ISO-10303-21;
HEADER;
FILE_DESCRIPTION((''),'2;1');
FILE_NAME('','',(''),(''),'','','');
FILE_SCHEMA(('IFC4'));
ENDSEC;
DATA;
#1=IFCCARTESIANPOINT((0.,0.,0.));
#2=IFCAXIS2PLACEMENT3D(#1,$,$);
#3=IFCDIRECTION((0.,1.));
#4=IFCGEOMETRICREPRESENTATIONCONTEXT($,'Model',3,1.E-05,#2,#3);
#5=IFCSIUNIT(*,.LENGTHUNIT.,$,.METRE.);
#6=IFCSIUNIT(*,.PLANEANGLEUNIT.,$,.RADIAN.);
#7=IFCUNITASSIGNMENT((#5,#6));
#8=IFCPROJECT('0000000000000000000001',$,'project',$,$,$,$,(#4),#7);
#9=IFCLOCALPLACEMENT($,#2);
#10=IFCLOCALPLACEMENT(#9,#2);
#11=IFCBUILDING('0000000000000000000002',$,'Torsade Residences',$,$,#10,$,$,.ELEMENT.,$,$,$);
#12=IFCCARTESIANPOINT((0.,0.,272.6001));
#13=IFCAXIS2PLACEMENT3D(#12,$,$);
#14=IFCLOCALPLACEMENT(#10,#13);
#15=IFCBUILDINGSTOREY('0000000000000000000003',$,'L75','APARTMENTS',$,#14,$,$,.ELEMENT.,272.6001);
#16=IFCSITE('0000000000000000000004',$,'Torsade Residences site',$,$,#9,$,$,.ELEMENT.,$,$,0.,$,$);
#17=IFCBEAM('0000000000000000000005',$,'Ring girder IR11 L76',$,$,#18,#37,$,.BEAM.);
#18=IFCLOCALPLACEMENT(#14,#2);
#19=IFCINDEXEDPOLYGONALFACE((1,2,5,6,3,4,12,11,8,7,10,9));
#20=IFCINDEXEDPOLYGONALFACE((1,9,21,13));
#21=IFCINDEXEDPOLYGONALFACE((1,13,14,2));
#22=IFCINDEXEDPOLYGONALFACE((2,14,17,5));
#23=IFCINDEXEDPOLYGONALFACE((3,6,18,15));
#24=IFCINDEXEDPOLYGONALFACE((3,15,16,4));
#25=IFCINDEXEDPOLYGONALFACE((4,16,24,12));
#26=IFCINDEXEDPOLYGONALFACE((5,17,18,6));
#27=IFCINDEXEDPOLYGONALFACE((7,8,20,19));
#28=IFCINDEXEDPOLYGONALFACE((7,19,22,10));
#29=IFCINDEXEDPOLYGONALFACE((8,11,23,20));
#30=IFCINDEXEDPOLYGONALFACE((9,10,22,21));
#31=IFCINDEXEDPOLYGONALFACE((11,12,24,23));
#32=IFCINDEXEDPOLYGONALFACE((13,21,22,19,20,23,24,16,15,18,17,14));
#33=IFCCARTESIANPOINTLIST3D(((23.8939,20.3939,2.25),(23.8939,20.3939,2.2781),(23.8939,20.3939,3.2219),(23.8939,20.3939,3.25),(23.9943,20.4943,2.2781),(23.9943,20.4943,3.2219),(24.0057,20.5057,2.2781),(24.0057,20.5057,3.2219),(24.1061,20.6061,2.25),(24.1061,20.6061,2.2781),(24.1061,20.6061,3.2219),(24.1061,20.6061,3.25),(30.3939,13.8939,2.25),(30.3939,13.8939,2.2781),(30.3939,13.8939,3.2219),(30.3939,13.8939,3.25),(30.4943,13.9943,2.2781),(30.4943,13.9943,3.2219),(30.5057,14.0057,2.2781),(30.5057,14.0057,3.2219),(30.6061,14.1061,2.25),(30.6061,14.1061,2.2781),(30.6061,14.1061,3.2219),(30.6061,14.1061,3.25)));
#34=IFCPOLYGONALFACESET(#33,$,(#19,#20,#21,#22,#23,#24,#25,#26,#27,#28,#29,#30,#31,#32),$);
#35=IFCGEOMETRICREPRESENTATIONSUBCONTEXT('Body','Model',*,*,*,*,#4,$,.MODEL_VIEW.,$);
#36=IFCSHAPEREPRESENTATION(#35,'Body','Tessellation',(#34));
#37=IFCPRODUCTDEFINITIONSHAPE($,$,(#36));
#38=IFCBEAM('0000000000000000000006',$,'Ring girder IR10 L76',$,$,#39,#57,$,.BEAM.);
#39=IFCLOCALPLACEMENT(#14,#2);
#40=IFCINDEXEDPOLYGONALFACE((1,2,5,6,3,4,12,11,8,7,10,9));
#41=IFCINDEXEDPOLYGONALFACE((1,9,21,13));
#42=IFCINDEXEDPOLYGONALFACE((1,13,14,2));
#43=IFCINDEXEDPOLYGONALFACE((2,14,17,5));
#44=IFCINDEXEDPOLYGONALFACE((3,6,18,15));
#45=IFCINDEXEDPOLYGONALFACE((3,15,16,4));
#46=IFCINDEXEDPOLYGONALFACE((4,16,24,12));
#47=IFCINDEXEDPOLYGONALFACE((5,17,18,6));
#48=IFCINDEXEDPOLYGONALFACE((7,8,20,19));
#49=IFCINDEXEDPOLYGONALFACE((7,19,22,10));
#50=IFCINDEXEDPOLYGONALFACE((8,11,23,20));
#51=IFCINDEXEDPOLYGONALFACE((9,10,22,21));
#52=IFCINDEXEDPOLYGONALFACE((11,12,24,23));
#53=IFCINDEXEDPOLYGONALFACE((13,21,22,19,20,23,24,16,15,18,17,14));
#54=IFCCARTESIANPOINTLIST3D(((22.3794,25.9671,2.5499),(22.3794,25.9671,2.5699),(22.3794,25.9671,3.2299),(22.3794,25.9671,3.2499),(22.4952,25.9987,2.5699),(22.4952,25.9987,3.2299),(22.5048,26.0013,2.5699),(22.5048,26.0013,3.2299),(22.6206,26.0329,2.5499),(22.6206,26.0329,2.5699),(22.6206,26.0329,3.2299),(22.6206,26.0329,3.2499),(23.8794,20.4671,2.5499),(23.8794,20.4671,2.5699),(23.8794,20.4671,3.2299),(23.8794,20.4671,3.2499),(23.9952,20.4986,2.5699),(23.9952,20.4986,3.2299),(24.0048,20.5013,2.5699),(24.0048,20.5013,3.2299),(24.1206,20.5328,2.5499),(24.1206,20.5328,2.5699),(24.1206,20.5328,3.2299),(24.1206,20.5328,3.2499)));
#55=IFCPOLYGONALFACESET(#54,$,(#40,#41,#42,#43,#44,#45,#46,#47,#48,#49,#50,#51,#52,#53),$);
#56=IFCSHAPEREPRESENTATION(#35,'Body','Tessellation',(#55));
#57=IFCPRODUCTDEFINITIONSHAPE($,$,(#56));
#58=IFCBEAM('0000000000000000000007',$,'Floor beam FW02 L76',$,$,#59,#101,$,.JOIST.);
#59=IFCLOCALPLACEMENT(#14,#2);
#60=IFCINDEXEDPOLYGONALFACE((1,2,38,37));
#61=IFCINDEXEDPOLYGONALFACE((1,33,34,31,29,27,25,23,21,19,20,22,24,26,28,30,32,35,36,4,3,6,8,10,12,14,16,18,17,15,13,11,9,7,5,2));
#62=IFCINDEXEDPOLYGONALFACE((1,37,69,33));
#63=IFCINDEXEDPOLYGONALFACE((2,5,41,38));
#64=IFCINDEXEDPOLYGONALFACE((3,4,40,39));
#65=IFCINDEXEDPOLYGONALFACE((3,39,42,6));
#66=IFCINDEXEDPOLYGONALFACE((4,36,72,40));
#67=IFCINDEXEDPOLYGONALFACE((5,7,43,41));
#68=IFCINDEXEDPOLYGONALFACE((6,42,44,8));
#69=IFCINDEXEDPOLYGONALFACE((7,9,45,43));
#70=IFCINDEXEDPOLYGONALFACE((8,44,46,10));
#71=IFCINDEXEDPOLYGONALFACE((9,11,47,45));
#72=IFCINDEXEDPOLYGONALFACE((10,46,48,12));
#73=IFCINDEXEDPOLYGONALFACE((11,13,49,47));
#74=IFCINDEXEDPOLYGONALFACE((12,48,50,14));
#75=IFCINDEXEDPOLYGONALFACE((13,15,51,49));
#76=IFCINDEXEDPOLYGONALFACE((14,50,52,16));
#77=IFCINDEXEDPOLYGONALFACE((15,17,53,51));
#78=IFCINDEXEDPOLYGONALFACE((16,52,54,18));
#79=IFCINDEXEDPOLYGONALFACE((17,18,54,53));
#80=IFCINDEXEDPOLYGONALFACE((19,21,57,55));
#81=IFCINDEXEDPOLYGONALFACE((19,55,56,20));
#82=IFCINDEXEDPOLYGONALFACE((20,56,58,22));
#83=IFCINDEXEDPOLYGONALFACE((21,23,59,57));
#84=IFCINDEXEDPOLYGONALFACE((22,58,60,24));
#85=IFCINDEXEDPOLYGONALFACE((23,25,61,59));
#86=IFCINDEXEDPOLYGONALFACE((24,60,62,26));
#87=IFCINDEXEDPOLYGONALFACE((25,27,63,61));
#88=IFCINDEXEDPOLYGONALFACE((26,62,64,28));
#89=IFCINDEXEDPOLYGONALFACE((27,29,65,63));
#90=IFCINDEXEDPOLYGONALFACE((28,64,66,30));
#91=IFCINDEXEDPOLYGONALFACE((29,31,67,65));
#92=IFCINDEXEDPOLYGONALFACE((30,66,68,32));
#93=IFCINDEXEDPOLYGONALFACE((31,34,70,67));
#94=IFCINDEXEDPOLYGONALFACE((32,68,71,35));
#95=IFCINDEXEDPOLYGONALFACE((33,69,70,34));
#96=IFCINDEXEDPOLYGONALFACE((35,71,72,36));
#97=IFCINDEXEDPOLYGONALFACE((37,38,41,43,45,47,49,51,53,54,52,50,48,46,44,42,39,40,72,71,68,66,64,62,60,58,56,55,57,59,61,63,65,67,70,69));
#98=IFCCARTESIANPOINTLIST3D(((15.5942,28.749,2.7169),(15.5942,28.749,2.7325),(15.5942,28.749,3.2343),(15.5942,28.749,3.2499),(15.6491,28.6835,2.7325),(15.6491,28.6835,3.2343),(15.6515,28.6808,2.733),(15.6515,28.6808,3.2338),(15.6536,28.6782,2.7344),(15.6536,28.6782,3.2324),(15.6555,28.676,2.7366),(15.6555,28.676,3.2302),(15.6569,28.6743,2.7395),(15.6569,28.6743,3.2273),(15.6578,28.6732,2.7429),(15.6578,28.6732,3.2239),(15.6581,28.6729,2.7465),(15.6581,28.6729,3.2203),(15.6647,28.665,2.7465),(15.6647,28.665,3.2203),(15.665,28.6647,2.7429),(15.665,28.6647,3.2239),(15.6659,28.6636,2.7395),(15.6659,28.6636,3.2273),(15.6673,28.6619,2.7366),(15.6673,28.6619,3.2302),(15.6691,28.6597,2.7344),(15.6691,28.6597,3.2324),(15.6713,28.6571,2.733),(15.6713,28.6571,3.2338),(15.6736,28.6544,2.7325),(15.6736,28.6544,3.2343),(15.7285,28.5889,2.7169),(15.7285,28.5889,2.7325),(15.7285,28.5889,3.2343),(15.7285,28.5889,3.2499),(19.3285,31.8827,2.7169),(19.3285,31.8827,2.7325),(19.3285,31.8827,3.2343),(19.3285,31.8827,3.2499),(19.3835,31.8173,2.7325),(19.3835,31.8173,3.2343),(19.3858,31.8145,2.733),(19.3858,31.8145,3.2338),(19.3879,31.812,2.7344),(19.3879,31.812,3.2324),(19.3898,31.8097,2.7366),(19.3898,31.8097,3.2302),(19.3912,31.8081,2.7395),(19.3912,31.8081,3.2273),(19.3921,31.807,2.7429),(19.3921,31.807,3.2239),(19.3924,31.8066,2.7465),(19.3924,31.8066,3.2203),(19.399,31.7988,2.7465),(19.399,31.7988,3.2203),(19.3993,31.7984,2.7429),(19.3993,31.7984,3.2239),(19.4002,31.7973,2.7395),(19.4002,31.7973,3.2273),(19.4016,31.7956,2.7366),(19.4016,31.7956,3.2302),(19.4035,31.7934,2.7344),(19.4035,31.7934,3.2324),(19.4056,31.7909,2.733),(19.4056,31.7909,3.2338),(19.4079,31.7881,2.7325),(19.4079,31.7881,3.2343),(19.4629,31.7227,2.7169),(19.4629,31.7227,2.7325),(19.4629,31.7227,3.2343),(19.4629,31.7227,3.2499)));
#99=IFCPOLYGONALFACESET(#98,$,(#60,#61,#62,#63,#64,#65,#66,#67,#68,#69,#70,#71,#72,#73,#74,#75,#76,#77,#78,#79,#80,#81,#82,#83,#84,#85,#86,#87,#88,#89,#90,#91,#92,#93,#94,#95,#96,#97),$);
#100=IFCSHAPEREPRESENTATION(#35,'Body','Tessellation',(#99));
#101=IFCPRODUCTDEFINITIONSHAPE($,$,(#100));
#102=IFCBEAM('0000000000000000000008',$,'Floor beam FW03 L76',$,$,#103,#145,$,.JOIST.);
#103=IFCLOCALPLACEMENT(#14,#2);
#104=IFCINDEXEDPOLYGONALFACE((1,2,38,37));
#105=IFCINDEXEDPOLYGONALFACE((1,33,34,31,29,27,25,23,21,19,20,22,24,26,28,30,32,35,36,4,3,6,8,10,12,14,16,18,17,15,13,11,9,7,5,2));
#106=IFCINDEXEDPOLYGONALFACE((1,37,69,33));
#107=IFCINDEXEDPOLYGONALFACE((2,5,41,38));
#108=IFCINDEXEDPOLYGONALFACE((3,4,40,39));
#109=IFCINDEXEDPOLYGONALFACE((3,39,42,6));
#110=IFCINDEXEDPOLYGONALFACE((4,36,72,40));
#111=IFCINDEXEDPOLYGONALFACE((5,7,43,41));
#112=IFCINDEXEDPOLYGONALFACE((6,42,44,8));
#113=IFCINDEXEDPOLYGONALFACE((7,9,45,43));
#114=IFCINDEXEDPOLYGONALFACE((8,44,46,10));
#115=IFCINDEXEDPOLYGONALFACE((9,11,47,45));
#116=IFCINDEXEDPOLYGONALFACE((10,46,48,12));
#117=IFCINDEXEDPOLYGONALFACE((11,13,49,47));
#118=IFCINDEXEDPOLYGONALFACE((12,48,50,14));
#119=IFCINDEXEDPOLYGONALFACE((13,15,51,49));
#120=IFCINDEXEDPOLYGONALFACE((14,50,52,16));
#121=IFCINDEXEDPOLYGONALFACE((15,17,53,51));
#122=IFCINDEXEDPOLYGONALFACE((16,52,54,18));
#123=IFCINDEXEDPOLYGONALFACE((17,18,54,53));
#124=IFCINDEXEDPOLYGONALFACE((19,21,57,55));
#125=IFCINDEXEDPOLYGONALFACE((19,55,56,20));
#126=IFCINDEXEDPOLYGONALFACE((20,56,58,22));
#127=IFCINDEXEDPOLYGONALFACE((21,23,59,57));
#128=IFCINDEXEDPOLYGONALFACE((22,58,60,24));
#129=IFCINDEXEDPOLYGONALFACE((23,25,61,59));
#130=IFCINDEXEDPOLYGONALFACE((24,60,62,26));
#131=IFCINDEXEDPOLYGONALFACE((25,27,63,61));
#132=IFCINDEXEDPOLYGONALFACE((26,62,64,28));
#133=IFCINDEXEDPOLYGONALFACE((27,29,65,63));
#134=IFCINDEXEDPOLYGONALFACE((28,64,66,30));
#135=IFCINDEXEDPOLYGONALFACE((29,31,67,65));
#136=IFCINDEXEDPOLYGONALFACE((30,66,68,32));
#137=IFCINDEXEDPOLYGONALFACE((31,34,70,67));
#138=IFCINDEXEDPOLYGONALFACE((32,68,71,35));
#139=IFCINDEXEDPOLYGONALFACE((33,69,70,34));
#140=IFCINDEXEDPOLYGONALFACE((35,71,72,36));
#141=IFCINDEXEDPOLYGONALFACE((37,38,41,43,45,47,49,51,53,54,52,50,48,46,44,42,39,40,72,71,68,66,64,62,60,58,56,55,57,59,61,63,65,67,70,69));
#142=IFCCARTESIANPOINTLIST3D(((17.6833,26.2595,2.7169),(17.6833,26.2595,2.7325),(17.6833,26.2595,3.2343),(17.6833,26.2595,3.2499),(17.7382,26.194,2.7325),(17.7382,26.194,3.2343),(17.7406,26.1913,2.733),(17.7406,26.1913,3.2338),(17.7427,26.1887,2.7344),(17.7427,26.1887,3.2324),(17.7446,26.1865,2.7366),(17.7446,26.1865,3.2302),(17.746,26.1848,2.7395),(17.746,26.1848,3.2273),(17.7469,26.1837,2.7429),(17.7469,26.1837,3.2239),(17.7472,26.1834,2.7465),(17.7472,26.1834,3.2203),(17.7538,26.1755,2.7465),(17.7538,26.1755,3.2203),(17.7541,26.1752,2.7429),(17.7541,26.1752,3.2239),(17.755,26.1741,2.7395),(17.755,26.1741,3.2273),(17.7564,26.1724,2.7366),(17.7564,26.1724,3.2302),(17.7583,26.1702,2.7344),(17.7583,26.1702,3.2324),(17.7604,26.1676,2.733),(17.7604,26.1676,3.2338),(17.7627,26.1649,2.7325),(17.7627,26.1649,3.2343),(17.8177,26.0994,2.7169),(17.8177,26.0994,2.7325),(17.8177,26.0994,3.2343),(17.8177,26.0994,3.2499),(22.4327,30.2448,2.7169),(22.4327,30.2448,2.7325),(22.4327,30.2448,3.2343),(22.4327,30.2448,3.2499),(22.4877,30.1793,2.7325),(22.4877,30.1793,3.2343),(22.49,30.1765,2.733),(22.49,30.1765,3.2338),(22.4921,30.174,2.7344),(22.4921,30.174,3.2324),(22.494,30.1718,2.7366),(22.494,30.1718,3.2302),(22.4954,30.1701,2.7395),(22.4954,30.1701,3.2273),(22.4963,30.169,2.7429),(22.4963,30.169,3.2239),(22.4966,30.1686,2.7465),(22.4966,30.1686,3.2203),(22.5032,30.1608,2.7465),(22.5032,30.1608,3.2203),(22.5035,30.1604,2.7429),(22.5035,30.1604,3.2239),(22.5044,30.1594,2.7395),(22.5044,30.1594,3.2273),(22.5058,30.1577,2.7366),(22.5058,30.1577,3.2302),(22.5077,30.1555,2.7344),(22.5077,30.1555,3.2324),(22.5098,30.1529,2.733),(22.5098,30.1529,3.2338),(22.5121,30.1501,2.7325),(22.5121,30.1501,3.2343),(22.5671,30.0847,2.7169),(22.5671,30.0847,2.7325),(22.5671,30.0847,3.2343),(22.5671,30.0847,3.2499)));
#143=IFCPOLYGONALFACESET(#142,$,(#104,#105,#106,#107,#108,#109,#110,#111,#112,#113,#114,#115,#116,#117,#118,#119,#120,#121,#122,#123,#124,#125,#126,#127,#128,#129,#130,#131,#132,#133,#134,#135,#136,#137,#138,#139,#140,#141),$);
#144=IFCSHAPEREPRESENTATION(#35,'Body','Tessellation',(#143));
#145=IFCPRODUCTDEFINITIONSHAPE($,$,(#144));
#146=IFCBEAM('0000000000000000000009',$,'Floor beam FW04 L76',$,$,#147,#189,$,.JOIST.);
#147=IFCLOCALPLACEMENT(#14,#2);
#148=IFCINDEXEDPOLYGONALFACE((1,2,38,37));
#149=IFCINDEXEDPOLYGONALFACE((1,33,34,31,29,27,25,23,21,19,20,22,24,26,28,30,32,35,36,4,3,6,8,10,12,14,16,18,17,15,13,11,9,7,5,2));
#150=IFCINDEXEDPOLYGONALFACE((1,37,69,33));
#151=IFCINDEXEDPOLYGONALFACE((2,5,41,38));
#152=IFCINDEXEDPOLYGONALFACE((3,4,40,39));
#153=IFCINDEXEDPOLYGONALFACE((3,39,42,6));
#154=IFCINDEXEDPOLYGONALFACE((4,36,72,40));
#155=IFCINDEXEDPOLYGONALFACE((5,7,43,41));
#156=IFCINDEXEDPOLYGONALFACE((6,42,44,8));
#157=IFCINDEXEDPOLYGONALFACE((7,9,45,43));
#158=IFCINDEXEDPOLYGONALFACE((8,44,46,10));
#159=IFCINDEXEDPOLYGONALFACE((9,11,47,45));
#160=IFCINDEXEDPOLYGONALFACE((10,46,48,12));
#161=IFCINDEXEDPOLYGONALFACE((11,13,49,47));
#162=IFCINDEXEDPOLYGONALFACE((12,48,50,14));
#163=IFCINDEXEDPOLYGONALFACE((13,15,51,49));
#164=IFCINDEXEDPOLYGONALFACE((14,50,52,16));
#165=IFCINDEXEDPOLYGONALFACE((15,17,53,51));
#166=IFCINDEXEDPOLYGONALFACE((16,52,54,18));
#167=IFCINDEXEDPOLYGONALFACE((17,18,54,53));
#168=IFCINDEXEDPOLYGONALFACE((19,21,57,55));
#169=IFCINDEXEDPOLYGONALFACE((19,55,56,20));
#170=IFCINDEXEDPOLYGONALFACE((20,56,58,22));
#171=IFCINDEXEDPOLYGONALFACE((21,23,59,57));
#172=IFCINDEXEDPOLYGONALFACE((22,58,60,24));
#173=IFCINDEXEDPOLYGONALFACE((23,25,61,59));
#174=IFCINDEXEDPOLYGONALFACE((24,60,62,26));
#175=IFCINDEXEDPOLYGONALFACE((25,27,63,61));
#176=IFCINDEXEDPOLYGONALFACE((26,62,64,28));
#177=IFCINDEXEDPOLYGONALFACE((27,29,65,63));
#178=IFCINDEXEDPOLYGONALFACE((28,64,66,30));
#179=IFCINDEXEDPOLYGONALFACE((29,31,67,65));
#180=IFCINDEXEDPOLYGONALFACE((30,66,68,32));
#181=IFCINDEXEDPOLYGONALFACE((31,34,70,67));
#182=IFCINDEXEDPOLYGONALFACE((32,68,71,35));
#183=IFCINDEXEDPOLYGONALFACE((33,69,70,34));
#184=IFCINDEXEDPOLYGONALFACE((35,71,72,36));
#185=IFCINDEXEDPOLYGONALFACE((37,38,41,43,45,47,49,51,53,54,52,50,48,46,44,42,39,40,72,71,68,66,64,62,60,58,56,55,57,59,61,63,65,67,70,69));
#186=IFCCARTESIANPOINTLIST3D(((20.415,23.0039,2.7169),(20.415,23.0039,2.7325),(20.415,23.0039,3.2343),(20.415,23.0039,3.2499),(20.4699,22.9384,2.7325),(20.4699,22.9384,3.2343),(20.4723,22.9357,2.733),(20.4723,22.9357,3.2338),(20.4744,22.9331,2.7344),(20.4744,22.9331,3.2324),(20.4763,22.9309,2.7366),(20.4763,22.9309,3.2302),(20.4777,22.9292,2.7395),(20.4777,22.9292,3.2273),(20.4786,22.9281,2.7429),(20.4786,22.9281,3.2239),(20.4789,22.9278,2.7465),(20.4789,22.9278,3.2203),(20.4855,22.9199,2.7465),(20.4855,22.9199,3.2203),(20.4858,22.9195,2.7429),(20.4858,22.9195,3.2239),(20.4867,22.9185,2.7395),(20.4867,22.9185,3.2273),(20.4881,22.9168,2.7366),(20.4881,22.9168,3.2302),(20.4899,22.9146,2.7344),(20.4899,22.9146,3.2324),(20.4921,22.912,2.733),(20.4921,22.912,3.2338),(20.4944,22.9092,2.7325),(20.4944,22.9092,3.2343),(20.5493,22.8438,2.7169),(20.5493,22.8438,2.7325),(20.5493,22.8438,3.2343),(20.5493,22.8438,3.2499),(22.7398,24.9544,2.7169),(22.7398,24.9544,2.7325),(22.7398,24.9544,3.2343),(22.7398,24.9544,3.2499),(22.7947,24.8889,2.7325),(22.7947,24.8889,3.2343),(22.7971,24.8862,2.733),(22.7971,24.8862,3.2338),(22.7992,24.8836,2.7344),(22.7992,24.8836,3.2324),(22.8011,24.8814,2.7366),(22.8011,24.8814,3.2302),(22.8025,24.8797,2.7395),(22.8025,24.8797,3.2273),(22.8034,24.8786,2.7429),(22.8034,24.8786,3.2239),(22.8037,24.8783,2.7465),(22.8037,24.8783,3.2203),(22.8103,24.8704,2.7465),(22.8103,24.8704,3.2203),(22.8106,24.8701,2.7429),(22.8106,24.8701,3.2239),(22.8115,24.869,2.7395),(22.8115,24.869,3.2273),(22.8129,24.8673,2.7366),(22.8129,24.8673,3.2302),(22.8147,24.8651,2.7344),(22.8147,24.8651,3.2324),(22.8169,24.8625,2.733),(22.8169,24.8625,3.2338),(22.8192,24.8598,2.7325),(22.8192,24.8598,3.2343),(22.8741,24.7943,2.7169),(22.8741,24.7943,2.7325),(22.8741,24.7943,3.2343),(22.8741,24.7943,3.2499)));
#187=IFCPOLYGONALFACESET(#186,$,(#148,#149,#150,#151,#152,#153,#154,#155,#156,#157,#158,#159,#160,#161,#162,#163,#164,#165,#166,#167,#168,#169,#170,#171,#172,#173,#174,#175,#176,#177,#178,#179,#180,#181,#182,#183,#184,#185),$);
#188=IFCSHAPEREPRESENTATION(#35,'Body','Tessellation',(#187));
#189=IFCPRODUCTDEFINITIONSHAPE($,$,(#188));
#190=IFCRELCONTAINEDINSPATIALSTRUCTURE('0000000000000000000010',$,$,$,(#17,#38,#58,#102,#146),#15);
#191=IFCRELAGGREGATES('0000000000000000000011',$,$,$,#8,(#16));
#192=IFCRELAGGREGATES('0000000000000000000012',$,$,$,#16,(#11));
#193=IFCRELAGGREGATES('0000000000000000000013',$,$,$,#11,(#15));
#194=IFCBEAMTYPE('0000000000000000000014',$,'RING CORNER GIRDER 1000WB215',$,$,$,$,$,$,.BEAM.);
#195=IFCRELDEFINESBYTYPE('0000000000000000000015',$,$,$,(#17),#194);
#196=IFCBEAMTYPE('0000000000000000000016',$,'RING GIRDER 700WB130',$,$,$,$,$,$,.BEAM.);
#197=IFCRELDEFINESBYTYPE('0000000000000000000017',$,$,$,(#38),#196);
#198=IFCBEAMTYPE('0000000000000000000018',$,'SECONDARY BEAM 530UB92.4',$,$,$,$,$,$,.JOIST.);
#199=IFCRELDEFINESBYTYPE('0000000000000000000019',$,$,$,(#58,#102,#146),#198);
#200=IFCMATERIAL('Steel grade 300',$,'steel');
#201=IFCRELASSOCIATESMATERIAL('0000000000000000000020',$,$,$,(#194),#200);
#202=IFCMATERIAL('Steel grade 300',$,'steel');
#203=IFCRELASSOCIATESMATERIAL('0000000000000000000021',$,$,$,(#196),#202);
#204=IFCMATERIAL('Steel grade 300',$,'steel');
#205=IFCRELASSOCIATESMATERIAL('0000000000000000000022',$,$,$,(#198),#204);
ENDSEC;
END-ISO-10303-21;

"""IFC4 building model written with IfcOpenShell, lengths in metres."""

from ifc_helpers import new_model, si_unit, direction, frame, origin, origin_2d, place, context, subcontext, project, spatial, i_section, extrude, material, material_profile, profile_set, type_object, element, save


model = new_model("IFC4")

# Units and contexts
model_context = context("Model", 3, precision=1e-05, world=origin(), true_north=direction((0.0, 1.0)))
body_context = subcontext(model_context, "Body", "Model", "MODEL_VIEW")
ifc_project = project(units=[si_unit("LENGTHUNIT", "METRE"), si_unit("PLANEANGLEUNIT", "RADIAN")], contexts=[model_context])

# Site, building, storey
site_placement = place(None, origin())
site = spatial("IfcSite", under=ifc_project, at=site_placement, Name="Torsade Residences site", CompositionType="ELEMENT", RefElevation=0.0)
building_placement = place(site_placement, origin())
building = spatial("IfcBuilding", under=site, at=building_placement, Name="Torsade Residences", CompositionType="ELEMENT")
storey_placement = place(building_placement, frame((0.0, 0.0, 272.6001)))
storey = spatial("IfcBuildingStorey", under=building, at=storey_placement, Name="L75", Description="APARTMENTS", CompositionType="ELEMENT", Elevation=272.6001)

# Beams
ifc_material_1 = material(Name="Steel grade 300", Category="steel")
ifc_material_profile_1 = material_profile(ifc_material_1, i_section(OverallWidth=0.3, OverallDepth=1.0, WebThickness=0.0161, FlangeThickness=0.0281, at=origin_2d()), Name="1000WB215")
ifc_profile_set_1 = profile_set([ifc_material_profile_1], Name="Steel grade 300")
beam_type_1 = type_object("IfcBeamType", Name="RING CORNER GIRDER 1000WB215", PredefinedType="BEAM", material=ifc_profile_set_1)
beam_1_placement = place(storey_placement, frame((24.0, 20.5, 2.75), z_axis=(0.707107, -0.707107, 0.0), x_axis=(0.707107, 0.707107, 0.0)))
element("IfcBeam", 1, at=beam_1_placement, inside=storey, type_object=beam_type_1, Name="Ring girder IR11 L76", PredefinedType="BEAM", context=body_context, shape_type="SweptSolid", body=[
    extrude(i_section(OverallWidth=0.3, OverallDepth=1.0, WebThickness=0.0161, FlangeThickness=0.0281, at=origin_2d()), origin(), (0.0, 0.0, 1.0), 9.1924),
])
ifc_material_2 = material(Name="Steel grade 300", Category="steel")
ifc_material_profile_2 = material_profile(ifc_material_2, i_section(OverallWidth=0.25, OverallDepth=0.7, WebThickness=0.01, FlangeThickness=0.02, at=origin_2d()), Name="700WB130")
ifc_profile_set_2 = profile_set([ifc_material_profile_2], Name="Steel grade 300")
beam_type_2 = type_object("IfcBeamType", Name="RING GIRDER 700WB130", PredefinedType="BEAM", material=ifc_profile_set_2)
beam_2_placement = place(storey_placement, frame((22.5, 26.0, 2.8999), z_axis=(0.263117, -0.964764, 0.0), x_axis=(0.964764, 0.263117, 0.0)))
element("IfcBeam", 2, at=beam_2_placement, inside=storey, type_object=beam_type_2, Name="Ring girder IR10 L76", PredefinedType="BEAM", context=body_context, shape_type="SweptSolid", body=[
    extrude(i_section(OverallWidth=0.25, OverallDepth=0.7, WebThickness=0.01, FlangeThickness=0.02, at=origin_2d()), origin(), (0.0, 0.0, 1.0), 5.7009),
])
ifc_material_3 = material(Name="Steel grade 300", Category="steel")
ifc_material_profile_3 = material_profile(ifc_material_3, i_section(OverallWidth=0.209, OverallDepth=0.533, WebThickness=0.0103, FlangeThickness=0.0156, FilletRadius=0.0139, at=origin_2d()), Name="530UB92.4")
ifc_profile_set_3 = profile_set([ifc_material_profile_3], Name="Steel grade 300")
beam_type_3 = type_object("IfcBeamType", Name="SECONDARY BEAM 530UB92.4", PredefinedType="JOIST", material=ifc_profile_set_3)
beam_3_placement = place(storey_placement, frame((15.6614, 28.6689, 2.9834), z_axis=(0.766017, 0.642821, 0.0), x_axis=(-0.642821, 0.766017, 0.0)))
element("IfcBeam", 3, at=beam_3_placement, inside=storey, type_object=beam_type_3, Name="Floor beam FW02 L76", PredefinedType="JOIST", context=body_context, shape_type="SweptSolid", body=[
    extrude(i_section(OverallWidth=0.209, OverallDepth=0.533, WebThickness=0.0103, FlangeThickness=0.0156, FilletRadius=0.0139, at=origin_2d()), origin(), (0.0, 0.0, 1.0), 4.875),
])
beam_4_placement = place(storey_placement, frame((17.7505, 26.1794, 2.9834), z_axis=(0.766041, 0.642791, 0.0), x_axis=(-0.642791, 0.766041, 0.0)))
element("IfcBeam", 4, at=beam_4_placement, inside=storey, type_object=beam_type_3, Name="Floor beam FW03 L76", PredefinedType="JOIST", context=body_context, shape_type="SweptSolid", body=[
    extrude(i_section(OverallWidth=0.209, OverallDepth=0.533, WebThickness=0.0103, FlangeThickness=0.0156, FilletRadius=0.0139, at=origin_2d()), origin(), (0.0, 0.0, 1.0), 6.2),
])
beam_5_placement = place(storey_placement, frame((20.4822, 22.9238, 2.9834), z_axis=(0.76608, 0.642745, 0.0), x_axis=(-0.642745, 0.76608, 0.0)))
element("IfcBeam", 5, at=beam_5_placement, inside=storey, type_object=beam_type_3, Name="Floor beam FW04 L76", PredefinedType="JOIST", context=body_context, shape_type="SweptSolid", body=[
    extrude(i_section(OverallWidth=0.209, OverallDepth=0.533, WebThickness=0.0103, FlangeThickness=0.0156, FilletRadius=0.0139, at=origin_2d()), origin(), (0.0, 0.0, 1.0), 3.0347),
])

save(model, "model.ifc")
